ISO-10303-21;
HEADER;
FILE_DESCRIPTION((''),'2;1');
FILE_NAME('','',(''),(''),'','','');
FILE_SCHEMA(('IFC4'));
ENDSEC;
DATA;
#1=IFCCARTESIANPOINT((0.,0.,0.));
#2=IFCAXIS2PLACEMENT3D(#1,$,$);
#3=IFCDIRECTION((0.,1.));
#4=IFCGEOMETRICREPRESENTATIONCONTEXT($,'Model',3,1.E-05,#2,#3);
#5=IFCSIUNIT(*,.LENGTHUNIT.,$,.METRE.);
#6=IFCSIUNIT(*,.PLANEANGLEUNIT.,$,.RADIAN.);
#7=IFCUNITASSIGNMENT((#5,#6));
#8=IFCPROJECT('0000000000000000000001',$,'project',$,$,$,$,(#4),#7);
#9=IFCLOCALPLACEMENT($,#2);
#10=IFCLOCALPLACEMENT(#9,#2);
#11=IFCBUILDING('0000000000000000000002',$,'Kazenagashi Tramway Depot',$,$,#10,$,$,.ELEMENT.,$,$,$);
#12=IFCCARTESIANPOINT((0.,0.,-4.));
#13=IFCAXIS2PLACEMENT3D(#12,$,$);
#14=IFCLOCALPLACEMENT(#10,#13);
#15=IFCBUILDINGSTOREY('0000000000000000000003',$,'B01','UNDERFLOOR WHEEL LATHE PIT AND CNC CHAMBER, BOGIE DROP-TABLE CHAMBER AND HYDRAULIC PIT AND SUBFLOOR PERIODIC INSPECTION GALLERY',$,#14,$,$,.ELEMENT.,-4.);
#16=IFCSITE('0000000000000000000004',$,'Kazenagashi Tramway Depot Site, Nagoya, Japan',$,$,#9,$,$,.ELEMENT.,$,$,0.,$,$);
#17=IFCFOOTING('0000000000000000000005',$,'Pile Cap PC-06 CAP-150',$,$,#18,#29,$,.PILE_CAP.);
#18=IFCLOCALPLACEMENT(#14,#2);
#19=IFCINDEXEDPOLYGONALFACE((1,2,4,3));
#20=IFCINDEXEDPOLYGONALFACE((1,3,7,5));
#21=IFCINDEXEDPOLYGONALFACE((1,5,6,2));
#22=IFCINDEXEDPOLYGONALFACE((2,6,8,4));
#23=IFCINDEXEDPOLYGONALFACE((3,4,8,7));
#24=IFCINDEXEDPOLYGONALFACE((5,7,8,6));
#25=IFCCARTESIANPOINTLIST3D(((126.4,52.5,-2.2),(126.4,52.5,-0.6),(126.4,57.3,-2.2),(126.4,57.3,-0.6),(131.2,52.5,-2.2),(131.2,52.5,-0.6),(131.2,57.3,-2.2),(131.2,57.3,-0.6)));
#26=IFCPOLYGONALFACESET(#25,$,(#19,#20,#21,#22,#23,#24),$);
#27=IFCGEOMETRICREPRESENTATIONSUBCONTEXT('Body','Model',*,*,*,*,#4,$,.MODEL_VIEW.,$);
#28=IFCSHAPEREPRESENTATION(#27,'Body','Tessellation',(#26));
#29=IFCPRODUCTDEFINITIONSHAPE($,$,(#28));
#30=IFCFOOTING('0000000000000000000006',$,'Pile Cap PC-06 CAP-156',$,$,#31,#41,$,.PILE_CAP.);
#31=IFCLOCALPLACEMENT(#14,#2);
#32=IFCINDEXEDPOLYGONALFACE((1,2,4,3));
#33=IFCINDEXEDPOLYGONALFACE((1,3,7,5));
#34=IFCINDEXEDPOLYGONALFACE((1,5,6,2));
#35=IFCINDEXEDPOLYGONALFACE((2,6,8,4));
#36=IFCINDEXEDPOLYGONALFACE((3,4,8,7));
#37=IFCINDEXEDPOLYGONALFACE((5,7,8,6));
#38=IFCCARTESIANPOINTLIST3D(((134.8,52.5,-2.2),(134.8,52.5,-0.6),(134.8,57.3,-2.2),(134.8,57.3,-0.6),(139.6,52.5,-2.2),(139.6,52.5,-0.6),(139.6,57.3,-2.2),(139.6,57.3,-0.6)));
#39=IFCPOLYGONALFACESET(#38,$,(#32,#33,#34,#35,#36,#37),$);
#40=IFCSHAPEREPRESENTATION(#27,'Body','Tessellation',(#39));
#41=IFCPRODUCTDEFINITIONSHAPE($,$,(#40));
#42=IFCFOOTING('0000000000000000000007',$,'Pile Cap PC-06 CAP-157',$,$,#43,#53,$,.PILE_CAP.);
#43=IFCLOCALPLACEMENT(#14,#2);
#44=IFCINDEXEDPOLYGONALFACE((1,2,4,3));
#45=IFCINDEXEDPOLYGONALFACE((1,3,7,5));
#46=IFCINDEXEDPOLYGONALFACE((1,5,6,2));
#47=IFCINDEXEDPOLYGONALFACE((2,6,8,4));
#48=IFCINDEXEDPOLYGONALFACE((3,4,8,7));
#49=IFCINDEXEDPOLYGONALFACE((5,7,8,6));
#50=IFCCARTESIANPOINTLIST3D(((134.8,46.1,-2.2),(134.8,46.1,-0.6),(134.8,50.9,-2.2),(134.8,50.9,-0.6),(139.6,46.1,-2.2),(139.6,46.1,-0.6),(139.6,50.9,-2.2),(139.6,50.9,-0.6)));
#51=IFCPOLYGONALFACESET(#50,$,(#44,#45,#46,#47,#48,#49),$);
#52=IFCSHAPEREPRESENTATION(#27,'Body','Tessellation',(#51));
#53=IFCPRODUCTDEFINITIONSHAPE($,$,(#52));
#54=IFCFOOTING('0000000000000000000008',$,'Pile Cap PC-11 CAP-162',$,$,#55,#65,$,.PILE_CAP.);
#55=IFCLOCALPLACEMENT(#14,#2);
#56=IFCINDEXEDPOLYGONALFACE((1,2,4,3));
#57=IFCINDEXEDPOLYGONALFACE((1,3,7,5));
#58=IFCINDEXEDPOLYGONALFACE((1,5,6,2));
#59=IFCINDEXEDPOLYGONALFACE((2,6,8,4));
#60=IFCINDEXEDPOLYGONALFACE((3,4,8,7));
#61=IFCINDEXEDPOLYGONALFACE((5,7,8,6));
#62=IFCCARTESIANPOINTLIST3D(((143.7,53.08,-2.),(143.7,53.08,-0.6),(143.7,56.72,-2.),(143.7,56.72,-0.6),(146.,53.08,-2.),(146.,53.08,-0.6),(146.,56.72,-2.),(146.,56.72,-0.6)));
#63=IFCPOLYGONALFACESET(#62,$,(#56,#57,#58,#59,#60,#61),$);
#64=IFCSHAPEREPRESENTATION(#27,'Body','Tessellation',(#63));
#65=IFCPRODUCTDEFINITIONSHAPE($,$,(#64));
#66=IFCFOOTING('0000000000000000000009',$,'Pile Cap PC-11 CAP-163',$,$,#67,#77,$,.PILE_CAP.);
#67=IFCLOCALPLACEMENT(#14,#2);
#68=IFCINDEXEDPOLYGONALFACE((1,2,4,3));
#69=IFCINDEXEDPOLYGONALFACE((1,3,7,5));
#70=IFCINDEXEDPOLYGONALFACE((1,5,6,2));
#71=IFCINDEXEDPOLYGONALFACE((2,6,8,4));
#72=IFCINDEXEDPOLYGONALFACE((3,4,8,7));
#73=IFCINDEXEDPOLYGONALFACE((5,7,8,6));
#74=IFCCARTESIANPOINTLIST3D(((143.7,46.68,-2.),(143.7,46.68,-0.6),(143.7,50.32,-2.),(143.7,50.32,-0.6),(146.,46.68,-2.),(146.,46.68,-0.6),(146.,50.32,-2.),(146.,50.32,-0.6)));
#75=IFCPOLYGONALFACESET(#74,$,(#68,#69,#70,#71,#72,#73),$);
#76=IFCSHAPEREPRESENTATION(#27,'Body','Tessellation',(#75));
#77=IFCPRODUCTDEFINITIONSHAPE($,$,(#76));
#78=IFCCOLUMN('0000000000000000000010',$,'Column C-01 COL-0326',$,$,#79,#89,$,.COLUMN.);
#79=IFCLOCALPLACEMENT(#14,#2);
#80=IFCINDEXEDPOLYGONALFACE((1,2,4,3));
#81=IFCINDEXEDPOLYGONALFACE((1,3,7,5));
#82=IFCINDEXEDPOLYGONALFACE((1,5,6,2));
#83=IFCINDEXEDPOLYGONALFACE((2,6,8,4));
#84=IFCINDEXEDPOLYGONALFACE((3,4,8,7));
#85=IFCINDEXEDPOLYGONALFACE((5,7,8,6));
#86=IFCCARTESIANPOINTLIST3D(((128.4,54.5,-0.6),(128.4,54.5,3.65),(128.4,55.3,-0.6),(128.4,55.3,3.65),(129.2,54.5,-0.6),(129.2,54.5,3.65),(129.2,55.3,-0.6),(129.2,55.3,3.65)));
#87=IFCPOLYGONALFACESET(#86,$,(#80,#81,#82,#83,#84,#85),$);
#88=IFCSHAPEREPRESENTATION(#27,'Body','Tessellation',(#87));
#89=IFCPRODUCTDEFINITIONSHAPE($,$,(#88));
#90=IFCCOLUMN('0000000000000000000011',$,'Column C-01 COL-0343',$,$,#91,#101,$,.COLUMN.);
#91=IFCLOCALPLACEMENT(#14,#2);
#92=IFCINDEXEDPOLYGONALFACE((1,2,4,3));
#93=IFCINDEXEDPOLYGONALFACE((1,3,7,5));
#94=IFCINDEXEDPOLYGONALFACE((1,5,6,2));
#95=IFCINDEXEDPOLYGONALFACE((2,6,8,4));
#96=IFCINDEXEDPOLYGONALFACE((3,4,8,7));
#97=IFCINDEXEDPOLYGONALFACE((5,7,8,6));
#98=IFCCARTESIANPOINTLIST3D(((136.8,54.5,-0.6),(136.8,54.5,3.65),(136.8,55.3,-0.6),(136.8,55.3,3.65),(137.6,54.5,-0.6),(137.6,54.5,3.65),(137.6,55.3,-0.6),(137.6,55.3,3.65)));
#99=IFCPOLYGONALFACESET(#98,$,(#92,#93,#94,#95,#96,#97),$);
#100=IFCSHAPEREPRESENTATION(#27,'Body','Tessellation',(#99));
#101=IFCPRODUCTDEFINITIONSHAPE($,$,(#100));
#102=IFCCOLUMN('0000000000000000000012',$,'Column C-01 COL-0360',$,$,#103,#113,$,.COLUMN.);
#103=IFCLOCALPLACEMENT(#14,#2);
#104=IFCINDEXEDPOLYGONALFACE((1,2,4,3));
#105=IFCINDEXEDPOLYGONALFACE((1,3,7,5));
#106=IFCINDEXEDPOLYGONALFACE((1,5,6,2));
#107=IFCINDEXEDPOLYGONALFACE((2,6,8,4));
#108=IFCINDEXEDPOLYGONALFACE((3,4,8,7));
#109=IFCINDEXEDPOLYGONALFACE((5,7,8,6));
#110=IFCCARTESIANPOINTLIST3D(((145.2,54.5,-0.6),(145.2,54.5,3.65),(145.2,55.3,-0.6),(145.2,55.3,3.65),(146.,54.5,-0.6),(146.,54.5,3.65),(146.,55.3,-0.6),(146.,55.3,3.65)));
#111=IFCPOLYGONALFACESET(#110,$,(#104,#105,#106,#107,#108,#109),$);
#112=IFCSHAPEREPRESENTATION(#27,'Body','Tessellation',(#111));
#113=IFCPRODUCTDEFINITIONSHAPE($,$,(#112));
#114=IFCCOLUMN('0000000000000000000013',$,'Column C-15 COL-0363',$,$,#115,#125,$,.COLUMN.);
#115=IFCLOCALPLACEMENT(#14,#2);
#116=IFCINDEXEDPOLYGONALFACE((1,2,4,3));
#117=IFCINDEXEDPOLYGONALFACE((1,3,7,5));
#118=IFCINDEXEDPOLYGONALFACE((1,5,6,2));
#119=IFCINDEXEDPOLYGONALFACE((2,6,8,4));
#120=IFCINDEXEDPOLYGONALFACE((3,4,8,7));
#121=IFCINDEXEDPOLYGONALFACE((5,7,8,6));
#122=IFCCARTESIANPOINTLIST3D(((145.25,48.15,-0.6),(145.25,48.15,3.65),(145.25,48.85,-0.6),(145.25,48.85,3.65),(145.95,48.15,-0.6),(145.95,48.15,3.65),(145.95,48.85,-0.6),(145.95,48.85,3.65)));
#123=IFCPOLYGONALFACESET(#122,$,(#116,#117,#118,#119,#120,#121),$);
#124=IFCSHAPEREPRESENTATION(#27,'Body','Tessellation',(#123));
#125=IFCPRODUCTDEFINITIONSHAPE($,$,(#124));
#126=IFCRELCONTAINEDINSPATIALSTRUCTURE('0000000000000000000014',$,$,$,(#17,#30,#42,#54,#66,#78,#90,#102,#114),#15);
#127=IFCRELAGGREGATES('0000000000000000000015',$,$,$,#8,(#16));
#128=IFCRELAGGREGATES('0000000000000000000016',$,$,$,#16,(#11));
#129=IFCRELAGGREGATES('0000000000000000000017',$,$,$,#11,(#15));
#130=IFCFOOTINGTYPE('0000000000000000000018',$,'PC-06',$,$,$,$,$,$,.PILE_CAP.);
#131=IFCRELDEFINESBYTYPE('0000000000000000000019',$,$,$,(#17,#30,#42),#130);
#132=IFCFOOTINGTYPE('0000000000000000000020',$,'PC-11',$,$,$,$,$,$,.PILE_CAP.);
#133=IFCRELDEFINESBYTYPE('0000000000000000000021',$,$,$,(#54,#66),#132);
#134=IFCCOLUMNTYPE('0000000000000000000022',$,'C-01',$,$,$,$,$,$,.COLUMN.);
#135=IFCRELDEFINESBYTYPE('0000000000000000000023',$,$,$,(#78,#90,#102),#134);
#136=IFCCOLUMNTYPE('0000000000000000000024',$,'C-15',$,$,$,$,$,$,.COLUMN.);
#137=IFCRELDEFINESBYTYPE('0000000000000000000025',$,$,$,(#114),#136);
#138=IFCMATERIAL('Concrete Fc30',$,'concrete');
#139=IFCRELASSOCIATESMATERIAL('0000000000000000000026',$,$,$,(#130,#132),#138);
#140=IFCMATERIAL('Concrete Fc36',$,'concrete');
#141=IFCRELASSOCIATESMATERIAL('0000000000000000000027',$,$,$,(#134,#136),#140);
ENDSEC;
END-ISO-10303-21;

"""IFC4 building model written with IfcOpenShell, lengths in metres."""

from ifc_helpers import new_model, si_unit, direction, frame, origin, origin_2d, place, context, subcontext, project, spatial, rectangle, extrude, material, material_profile, profile_set, type_object, element, save


model = new_model("IFC4")

# Units and contexts
model_context = context("Model", 3, precision=1e-05, world=origin(), true_north=direction((0.0, 1.0)))
body_context = subcontext(model_context, "Body", "Model", "MODEL_VIEW")
ifc_project = project(units=[si_unit("LENGTHUNIT", "METRE"), si_unit("PLANEANGLEUNIT", "RADIAN")], contexts=[model_context])

# Site, building, storey
site_placement = place(None, origin())
site = spatial("IfcSite", under=ifc_project, at=site_placement, Name="Kazenagashi Tramway Depot Site, Nagoya, Japan", CompositionType="ELEMENT", RefElevation=0.0)
building_placement = place(site_placement, origin())
building = spatial("IfcBuilding", under=site, at=building_placement, Name="Kazenagashi Tramway Depot", CompositionType="ELEMENT")
storey_placement = place(building_placement, frame((0.0, 0.0, -4.0)))
storey = spatial("IfcBuildingStorey", under=building, at=storey_placement, Name="B01", Description="UNDERFLOOR WHEEL LATHE PIT AND CNC CHAMBER, BOGIE DROP-TABLE CHAMBER AND HYDRAULIC PIT AND SUBFLOOR PERIODIC INSPECTION GALLERY", CompositionType="ELEMENT", Elevation=-4.0)

# Shared definitions
ifc_material_1 = material(Name="Concrete Fc30", Category="concrete")

# Footings
footing_type_1 = type_object("IfcFootingType", Name="PC-06", PredefinedType="PILE_CAP", material=ifc_material_1)
for number, where, z_axis, x_axis, name in (
    (1, (128.8, 54.9, -2.2), (0.0, 0.0, 1.0), (1.0, 0.0, 0.0), "Pile Cap PC-06 CAP-150"),
    (2, (137.2, 54.9, -2.2), (0.0, 0.0, 1.0), (1.0, 0.0, 0.0), "Pile Cap PC-06 CAP-156"),
    (3, (137.2, 48.5, -2.2), (0.0, 0.0, 1.0), (1.0, 0.0, 0.0), "Pile Cap PC-06 CAP-157"),
):
    element("IfcFooting", number, at=place(storey_placement, frame(where, z_axis=z_axis, x_axis=x_axis)), inside=storey, type_object=footing_type_1, Name=name, PredefinedType="PILE_CAP", context=body_context, shape_type="SweptSolid", body=[
        extrude(rectangle(XDim=4.8, YDim=4.8, at=origin_2d()), origin(), (0.0, 0.0, 1.0), 1.6),
    ])
footing_type_2 = type_object("IfcFootingType", Name="PC-11", PredefinedType="PILE_CAP", material=ifc_material_1)
for number, where, z_axis, x_axis, name in (
    (4, (144.85, 54.9, -2.0), (0.0, 0.0, 1.0), (1.0, 0.0, 0.0), "Pile Cap PC-11 CAP-162"),
    (5, (144.85, 48.5, -2.0), (0.0, 0.0, 1.0), (1.0, 0.0, 0.0), "Pile Cap PC-11 CAP-163"),
):
    element("IfcFooting", number, at=place(storey_placement, frame(where, z_axis=z_axis, x_axis=x_axis)), inside=storey, type_object=footing_type_2, Name=name, PredefinedType="PILE_CAP", context=body_context, shape_type="SweptSolid", body=[
        extrude(rectangle(XDim=2.3, YDim=3.64, at=origin_2d()), origin(), (0.0, 0.0, 1.0), 1.4),
    ])

# Columns
ifc_material_2 = material(Name="Concrete Fc36", Category="concrete")
ifc_material_profile_1 = material_profile(ifc_material_2, rectangle(XDim=0.8, YDim=0.8, at=origin_2d()), Name="RC-800x800")
ifc_profile_set_1 = profile_set([ifc_material_profile_1], Name="Concrete Fc36")
column_type_1 = type_object("IfcColumnType", Name="C-01", PredefinedType="COLUMN", material=ifc_profile_set_1)
for number, where, z_axis, x_axis, name in (
    (6, (128.8, 54.9, -0.6), (0.0, 0.0, 1.0), (1.0, 0.0, 0.0), "Column C-01 COL-0326"),
    (7, (137.2, 54.9, -0.6), (0.0, 0.0, 1.0), (1.0, 0.0, 0.0), "Column C-01 COL-0343"),
    (8, (145.6, 54.9, -0.6), (0.0, 0.0, 1.0), (1.0, 0.0, 0.0), "Column C-01 COL-0360"),
):
    element("IfcColumn", number, at=place(storey_placement, frame(where, z_axis=z_axis, x_axis=x_axis)), inside=storey, type_object=column_type_1, Name=name, PredefinedType="COLUMN", context=body_context, shape_type="SweptSolid", body=[
        extrude(rectangle(XDim=0.8, YDim=0.8, at=origin_2d()), origin(), (0.0, 0.0, 1.0), 4.25),
    ])
ifc_material_profile_2 = material_profile(ifc_material_2, rectangle(XDim=0.7, YDim=0.7, at=origin_2d()), Name="RC-700x700")
ifc_profile_set_2 = profile_set([ifc_material_profile_2], Name="Concrete Fc36")
column_type_2 = type_object("IfcColumnType", Name="C-15", PredefinedType="COLUMN", material=ifc_profile_set_2)
column_placement = place(storey_placement, frame((145.6, 48.5, -0.6), z_axis=(0.0, 0.0, 1.0), x_axis=(1.0, 0.0, 0.0)))
element("IfcColumn", 9, at=column_placement, inside=storey, type_object=column_type_2, Name="Column C-15 COL-0363", PredefinedType="COLUMN", context=body_context, shape_type="SweptSolid", body=[
    extrude(rectangle(XDim=0.7, YDim=0.7, at=origin_2d()), origin(), (0.0, 0.0, 1.0), 4.25),
])

save(model, "model.ifc")
